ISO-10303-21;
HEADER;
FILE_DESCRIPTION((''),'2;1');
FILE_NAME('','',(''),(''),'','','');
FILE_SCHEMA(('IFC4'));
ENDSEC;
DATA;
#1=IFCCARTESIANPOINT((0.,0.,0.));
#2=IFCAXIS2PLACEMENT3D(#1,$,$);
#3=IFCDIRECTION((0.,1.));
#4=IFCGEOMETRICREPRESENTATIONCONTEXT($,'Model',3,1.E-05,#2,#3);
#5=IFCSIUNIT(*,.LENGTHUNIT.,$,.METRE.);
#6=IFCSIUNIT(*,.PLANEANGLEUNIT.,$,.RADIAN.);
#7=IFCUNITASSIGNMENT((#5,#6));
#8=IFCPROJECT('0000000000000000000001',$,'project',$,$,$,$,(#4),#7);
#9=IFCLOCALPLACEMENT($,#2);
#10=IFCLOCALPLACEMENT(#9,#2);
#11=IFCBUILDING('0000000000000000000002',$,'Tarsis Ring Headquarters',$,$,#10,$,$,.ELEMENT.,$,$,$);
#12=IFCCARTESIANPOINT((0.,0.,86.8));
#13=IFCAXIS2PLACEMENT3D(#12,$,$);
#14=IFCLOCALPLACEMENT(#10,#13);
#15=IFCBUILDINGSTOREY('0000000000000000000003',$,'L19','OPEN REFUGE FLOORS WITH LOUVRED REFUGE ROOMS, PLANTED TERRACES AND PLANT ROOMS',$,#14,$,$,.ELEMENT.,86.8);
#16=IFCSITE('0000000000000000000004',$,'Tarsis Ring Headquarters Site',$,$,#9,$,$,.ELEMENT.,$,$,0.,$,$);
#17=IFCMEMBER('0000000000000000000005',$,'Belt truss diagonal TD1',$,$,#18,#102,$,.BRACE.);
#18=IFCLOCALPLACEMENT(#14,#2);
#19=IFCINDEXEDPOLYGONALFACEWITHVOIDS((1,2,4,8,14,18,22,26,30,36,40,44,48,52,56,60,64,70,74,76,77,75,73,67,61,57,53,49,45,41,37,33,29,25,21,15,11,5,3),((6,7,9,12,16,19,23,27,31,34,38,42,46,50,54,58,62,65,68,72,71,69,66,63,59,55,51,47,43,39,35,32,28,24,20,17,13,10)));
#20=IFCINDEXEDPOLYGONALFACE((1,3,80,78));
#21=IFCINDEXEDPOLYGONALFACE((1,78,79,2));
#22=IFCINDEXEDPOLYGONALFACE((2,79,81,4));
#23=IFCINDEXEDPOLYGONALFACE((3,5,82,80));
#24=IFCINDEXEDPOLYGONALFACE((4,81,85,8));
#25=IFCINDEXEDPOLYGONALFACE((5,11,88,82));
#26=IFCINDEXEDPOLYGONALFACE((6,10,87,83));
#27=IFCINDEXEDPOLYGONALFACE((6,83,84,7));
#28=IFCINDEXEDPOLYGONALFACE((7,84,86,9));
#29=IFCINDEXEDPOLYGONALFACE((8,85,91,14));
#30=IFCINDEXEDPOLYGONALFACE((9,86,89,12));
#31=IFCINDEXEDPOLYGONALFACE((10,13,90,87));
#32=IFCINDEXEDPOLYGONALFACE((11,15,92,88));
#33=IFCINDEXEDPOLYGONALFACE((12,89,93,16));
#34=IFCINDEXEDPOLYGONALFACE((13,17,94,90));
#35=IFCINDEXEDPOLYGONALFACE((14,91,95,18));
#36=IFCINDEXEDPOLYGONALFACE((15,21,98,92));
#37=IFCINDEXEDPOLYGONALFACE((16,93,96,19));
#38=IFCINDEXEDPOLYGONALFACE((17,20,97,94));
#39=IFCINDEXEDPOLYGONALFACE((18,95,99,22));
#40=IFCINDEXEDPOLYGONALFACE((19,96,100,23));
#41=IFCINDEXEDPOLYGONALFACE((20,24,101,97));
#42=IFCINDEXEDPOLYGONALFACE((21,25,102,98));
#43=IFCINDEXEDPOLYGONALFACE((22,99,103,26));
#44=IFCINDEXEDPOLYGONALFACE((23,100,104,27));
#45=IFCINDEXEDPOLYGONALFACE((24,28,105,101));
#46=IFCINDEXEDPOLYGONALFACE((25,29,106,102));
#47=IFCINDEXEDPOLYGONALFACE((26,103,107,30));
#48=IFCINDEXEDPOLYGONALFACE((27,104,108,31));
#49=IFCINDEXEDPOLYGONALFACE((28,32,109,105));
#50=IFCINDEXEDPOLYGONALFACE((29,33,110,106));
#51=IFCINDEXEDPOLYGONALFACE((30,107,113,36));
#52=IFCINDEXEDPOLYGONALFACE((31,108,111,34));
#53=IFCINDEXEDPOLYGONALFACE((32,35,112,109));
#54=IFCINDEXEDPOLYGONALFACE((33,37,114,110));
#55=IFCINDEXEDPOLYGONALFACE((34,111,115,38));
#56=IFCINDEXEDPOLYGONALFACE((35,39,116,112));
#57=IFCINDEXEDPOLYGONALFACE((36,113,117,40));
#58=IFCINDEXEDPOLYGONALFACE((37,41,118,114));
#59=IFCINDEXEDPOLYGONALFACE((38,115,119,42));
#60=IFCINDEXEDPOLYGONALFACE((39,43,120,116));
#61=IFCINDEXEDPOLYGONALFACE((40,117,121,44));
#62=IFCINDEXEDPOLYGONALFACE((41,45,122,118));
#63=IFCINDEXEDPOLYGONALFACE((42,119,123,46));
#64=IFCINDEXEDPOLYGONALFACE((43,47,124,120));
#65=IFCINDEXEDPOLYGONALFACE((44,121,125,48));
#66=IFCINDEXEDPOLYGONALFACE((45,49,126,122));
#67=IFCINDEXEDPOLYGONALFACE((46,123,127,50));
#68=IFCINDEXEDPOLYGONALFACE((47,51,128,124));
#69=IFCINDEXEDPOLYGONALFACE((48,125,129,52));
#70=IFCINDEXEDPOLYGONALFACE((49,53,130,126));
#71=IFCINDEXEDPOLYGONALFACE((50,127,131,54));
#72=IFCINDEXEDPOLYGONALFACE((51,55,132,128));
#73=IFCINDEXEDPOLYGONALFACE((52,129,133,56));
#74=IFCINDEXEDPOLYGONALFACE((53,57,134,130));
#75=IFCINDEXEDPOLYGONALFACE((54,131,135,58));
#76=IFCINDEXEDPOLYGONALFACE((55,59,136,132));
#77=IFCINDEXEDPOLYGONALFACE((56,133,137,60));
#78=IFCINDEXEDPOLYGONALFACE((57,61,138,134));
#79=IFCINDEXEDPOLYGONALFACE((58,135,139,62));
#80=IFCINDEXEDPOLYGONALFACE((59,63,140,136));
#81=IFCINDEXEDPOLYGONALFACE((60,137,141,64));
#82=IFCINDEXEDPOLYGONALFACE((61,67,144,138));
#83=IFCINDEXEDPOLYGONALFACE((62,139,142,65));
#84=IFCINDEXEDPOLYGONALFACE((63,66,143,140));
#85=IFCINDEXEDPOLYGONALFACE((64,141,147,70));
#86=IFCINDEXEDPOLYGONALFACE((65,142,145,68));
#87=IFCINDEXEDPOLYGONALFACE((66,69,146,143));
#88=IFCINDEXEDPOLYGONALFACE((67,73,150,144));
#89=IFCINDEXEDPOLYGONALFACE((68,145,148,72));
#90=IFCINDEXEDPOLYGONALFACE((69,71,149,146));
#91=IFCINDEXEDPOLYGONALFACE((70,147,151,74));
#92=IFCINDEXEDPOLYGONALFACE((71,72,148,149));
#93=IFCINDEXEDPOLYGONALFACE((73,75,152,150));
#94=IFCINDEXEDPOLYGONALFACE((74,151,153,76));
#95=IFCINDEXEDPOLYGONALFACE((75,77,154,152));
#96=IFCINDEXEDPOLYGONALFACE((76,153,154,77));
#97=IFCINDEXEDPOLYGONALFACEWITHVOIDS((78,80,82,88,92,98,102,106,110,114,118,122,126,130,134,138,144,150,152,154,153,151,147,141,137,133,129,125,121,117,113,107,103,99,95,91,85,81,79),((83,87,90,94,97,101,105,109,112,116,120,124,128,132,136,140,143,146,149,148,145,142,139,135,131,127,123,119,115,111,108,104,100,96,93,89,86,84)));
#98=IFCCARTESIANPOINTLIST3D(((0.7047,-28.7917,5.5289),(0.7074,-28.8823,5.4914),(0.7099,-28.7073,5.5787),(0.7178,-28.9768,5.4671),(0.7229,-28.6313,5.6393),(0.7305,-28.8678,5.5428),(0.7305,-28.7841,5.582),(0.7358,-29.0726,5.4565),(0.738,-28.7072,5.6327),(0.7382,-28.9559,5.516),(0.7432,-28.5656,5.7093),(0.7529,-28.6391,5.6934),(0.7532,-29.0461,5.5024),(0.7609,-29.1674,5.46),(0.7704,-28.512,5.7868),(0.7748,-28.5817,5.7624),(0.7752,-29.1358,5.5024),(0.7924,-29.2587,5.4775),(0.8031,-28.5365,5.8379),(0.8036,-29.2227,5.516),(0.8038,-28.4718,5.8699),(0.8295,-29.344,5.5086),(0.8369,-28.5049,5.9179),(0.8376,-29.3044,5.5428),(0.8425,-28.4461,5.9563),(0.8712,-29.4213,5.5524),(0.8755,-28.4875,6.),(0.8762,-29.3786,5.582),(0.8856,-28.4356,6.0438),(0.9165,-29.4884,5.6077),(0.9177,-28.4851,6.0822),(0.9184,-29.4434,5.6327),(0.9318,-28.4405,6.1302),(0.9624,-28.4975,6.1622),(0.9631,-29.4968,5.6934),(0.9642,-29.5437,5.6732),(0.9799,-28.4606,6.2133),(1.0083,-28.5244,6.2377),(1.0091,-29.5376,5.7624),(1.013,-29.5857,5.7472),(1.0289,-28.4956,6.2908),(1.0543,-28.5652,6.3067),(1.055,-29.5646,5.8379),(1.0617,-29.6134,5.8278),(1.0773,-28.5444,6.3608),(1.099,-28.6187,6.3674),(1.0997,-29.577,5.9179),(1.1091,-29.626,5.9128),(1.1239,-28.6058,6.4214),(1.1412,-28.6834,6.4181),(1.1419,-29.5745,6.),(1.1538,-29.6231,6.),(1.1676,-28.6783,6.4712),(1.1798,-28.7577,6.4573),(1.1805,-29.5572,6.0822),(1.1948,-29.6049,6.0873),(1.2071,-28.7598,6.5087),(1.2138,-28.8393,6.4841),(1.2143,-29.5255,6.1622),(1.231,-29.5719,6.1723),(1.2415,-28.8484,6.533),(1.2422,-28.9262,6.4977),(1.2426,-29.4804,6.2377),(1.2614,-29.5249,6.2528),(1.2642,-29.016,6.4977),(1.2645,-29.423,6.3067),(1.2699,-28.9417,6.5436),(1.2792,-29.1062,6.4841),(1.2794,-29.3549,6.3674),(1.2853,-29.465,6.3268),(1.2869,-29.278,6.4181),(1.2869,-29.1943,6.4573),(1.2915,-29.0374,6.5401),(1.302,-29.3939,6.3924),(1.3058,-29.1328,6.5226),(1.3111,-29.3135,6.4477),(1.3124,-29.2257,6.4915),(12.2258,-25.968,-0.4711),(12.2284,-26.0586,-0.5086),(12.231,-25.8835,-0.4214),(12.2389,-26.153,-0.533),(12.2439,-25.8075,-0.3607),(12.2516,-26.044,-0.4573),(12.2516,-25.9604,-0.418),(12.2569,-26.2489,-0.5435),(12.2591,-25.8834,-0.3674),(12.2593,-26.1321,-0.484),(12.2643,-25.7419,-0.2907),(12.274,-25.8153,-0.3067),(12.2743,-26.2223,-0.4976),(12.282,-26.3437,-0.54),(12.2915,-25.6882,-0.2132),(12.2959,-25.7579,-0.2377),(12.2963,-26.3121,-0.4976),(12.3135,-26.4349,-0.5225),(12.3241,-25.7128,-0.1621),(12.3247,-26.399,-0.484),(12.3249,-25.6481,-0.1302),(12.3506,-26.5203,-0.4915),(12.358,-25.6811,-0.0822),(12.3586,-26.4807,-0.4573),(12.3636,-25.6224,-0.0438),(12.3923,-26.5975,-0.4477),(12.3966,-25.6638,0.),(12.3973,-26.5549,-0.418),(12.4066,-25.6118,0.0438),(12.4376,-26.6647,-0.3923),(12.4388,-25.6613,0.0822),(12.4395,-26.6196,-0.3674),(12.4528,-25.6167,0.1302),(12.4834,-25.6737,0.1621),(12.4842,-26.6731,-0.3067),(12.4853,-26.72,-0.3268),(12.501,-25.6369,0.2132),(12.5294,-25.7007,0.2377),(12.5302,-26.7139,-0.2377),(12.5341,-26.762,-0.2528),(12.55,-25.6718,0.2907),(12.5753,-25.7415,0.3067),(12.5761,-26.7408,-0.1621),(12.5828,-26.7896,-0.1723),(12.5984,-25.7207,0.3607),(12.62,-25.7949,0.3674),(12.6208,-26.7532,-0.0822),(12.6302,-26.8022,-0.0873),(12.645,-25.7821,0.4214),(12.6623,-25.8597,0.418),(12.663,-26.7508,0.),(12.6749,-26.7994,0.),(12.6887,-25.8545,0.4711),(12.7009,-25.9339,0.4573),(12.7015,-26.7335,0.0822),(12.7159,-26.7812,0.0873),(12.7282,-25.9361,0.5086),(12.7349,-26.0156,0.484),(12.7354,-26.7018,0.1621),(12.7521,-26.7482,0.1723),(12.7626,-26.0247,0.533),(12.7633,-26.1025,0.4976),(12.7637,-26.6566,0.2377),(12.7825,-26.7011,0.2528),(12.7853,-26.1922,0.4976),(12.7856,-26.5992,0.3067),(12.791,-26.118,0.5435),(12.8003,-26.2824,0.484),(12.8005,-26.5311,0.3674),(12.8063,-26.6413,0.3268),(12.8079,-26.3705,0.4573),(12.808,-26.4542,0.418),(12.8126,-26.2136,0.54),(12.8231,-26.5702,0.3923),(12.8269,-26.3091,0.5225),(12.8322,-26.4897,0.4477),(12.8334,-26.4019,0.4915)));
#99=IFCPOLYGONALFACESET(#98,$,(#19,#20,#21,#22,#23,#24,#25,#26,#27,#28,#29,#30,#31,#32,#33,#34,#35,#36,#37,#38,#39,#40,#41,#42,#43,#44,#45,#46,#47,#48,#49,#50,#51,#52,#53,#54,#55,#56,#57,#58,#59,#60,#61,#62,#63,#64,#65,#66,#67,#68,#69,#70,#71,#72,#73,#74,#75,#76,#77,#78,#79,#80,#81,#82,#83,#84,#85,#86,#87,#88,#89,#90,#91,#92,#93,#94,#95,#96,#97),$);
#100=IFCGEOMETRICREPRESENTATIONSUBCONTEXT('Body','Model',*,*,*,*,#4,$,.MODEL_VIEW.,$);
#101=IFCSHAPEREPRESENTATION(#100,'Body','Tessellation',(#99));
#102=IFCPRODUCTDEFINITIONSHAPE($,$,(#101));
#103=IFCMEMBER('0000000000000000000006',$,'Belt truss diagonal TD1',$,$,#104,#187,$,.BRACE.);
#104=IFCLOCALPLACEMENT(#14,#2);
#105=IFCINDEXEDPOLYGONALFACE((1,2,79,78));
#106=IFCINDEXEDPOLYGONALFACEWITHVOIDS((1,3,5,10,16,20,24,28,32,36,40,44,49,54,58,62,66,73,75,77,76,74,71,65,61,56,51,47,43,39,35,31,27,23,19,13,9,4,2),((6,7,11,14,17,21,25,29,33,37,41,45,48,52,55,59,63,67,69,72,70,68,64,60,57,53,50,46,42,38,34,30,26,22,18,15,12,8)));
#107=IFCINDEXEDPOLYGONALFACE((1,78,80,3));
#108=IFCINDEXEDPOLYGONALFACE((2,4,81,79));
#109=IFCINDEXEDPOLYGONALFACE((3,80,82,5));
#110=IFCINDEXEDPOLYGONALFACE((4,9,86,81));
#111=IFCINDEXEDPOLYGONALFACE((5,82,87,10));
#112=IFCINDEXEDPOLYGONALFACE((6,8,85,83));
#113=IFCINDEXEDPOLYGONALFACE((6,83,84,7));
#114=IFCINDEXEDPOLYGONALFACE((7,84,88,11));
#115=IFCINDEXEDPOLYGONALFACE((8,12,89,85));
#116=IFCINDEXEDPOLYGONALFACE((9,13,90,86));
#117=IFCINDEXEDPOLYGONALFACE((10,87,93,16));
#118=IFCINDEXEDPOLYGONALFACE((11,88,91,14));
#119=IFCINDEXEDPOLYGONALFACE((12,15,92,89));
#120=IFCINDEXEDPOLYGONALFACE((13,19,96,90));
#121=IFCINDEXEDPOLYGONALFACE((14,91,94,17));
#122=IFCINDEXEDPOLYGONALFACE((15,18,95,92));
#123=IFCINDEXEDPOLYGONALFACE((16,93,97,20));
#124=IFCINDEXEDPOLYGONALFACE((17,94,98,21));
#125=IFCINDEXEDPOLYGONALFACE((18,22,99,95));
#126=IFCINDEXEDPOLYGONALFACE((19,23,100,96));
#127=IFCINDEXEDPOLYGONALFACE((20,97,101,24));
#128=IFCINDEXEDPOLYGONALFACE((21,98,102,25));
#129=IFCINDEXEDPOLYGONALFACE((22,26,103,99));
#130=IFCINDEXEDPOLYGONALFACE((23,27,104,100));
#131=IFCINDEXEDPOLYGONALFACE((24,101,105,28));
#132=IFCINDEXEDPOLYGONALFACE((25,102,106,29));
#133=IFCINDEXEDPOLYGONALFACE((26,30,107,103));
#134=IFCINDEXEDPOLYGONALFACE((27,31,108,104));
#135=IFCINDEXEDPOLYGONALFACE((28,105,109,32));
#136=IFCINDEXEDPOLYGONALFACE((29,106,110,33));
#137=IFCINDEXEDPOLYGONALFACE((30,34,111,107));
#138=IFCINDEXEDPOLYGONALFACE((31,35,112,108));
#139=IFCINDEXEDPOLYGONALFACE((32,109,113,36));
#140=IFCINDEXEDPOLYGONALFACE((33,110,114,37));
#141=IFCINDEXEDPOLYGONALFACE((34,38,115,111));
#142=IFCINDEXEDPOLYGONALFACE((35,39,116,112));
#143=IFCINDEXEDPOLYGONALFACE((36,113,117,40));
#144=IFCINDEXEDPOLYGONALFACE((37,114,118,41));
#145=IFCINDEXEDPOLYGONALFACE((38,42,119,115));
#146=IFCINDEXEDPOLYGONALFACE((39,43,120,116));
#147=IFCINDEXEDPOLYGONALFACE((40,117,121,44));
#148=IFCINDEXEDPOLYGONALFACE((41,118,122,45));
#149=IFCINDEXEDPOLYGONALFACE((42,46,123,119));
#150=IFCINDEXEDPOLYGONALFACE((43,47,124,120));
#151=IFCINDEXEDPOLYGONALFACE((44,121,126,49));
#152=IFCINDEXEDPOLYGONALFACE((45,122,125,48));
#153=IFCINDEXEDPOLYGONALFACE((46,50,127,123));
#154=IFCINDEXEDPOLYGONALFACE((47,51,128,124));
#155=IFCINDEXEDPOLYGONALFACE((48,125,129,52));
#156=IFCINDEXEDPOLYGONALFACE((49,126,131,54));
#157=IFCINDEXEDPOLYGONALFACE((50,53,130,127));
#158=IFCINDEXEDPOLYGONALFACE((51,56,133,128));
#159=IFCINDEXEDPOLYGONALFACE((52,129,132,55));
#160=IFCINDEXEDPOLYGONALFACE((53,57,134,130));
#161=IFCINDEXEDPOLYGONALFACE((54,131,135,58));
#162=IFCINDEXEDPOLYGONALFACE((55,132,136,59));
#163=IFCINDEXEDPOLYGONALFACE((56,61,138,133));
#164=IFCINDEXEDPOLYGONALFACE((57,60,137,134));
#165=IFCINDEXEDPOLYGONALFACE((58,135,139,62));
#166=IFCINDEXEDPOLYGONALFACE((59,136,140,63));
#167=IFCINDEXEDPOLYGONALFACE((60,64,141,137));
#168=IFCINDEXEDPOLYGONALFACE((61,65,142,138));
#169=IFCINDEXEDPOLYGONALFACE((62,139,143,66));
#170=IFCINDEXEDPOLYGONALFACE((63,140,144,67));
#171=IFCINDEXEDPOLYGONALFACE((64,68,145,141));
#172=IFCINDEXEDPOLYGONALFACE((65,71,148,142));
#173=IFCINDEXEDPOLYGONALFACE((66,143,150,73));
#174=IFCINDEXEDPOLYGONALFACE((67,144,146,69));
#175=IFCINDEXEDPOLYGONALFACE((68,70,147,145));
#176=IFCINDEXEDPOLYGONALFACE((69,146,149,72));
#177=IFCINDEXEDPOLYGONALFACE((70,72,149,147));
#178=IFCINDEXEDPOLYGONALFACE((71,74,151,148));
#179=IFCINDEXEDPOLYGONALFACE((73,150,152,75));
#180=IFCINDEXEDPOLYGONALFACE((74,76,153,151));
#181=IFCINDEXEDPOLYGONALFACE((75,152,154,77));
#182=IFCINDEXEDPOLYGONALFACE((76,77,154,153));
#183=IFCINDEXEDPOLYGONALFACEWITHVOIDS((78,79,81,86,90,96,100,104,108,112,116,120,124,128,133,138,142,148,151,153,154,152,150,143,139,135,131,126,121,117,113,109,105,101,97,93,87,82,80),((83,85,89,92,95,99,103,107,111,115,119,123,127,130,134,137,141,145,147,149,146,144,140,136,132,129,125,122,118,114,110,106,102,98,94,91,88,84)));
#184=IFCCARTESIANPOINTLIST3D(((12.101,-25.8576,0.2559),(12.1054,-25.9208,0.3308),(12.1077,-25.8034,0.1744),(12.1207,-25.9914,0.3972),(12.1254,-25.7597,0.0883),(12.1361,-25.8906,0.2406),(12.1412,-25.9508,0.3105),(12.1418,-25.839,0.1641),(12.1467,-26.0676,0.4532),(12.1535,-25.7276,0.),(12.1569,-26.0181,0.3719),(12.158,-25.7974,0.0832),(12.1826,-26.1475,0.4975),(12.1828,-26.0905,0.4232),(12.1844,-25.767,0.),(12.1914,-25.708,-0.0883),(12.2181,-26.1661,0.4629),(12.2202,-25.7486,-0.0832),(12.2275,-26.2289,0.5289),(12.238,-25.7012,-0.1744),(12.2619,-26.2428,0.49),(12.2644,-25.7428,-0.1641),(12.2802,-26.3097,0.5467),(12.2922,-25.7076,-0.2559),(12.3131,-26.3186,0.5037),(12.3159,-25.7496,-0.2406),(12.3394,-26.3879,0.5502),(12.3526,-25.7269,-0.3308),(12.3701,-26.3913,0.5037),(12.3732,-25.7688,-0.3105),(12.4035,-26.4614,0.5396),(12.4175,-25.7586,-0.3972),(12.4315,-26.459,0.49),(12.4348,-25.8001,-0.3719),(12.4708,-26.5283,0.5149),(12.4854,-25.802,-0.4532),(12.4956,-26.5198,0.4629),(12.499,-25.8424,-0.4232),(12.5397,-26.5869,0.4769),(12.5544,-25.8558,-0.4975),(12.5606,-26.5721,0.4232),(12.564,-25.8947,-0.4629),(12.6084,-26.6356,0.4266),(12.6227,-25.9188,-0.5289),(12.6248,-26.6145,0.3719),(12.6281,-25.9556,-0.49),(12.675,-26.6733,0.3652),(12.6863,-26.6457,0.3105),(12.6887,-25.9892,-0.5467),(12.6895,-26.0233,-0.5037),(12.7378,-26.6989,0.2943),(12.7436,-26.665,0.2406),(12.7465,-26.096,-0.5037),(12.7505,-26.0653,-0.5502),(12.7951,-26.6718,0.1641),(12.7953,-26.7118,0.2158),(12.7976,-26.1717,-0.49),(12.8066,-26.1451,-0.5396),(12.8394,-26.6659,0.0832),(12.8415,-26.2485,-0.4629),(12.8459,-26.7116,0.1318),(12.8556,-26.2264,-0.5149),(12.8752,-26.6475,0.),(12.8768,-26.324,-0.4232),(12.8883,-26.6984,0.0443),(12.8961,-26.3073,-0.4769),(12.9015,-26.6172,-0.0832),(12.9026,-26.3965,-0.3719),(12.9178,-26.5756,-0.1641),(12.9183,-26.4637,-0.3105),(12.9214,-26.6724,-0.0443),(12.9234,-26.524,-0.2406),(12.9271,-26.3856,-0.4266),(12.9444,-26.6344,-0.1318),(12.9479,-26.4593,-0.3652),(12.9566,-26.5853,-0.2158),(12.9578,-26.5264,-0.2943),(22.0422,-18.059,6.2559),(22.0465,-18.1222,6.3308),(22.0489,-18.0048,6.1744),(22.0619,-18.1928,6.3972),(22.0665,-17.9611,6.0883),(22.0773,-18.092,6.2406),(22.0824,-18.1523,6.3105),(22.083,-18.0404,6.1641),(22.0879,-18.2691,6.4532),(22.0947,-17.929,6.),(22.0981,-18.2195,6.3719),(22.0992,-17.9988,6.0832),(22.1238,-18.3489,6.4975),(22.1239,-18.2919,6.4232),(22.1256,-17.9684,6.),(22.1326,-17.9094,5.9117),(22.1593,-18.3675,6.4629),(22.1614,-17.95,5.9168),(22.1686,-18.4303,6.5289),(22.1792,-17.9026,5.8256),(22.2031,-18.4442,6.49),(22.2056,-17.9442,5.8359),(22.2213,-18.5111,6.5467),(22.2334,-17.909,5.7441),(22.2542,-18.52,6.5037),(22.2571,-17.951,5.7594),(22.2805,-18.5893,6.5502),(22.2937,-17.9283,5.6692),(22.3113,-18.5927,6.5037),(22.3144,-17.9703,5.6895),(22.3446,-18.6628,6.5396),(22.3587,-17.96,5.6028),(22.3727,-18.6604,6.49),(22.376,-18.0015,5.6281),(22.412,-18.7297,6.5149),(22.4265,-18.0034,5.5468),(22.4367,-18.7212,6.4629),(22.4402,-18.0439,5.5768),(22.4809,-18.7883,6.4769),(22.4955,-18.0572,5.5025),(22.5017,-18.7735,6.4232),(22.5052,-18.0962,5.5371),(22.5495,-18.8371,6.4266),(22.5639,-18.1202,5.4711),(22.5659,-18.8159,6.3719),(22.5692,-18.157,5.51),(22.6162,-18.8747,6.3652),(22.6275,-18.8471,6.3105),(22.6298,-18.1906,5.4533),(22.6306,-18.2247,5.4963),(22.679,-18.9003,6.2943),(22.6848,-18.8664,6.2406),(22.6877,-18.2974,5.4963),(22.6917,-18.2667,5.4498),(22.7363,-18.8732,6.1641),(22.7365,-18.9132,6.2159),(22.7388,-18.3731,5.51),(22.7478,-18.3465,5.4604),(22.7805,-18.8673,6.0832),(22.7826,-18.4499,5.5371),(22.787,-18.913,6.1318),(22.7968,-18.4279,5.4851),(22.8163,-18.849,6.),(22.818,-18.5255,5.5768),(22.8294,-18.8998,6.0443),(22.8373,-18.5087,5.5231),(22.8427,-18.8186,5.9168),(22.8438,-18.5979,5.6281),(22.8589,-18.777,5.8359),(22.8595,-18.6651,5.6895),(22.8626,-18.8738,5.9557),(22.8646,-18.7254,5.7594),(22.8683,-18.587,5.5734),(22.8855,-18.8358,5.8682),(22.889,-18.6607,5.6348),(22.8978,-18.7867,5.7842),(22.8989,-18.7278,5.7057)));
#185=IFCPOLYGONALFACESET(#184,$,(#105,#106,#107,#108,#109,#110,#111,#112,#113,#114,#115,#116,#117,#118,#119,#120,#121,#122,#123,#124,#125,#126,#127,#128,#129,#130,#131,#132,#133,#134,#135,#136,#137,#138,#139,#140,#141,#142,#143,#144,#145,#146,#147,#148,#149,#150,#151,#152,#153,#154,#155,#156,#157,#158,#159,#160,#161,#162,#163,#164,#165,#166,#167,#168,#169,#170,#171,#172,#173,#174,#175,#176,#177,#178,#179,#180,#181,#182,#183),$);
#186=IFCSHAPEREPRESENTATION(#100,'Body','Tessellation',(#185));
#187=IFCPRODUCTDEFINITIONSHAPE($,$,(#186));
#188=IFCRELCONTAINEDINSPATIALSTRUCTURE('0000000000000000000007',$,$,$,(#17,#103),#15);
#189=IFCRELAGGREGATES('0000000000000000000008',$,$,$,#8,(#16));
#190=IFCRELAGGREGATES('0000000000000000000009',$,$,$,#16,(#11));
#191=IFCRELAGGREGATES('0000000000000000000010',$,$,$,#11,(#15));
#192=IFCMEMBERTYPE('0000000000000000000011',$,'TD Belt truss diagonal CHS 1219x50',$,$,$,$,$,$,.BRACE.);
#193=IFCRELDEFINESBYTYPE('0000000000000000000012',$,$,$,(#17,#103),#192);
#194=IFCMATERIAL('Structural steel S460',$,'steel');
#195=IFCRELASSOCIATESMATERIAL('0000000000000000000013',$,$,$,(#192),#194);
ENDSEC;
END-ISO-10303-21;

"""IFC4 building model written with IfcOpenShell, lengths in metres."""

from ifc_helpers import new_model, si_unit, direction, frame, origin, origin_2d, place, context, subcontext, project, spatial, hollow_circle, extrude, material, material_profile, profile_set, type_object, element, save


model = new_model("IFC4")

# Units and contexts
model_context = context("Model", 3, precision=1e-05, world=origin(), true_north=direction((0.0, 1.0)))
body_context = subcontext(model_context, "Body", "Model", "MODEL_VIEW")
ifc_project = project(units=[si_unit("LENGTHUNIT", "METRE"), si_unit("PLANEANGLEUNIT", "RADIAN")], contexts=[model_context])

# Site, building, storey
site_placement = place(None, origin())
site = spatial("IfcSite", under=ifc_project, at=site_placement, Name="Tarsis Ring Headquarters Site", CompositionType="ELEMENT", RefElevation=0.0)
building_placement = place(site_placement, origin())
building = spatial("IfcBuilding", under=site, at=building_placement, Name="Tarsis Ring Headquarters", CompositionType="ELEMENT")
storey_placement = place(building_placement, frame((0.0, 0.0, 86.8)))
storey = spatial("IfcBuildingStorey", under=building, at=storey_placement, Name="L19", Description="OPEN REFUGE FLOORS WITH LOUVRED REFUGE ROOMS, PLANTED TERRACES AND PLANT ROOMS", CompositionType="ELEMENT", Elevation=86.8)

# Shared definitions
ifc_material_1 = material(Name="Structural steel S460", Category="steel")
ifc_material_profile_1 = material_profile(ifc_material_1, hollow_circle(Radius=0.6096, WallThickness=0.05, at=origin_2d()), Name="CHS 1219x50")
ifc_profile_set_1 = profile_set([ifc_material_profile_1], Name="Structural steel S460")

# Members
member_type = type_object("IfcMemberType", Name="TD Belt truss diagonal CHS 1219x50", PredefinedType="BRACE", material=ifc_profile_set_1)
member_1_placement = place(storey_placement, frame((12.5298, -26.2073, 0.0), z_axis=(-0.866689, -0.212421, 0.451362), x_axis=(0.238049, -0.971253, 0.0)))
element("IfcMember", 1, at=member_1_placement, inside=storey, type_object=member_type, Name="Belt truss diagonal TD1", PredefinedType="BRACE", context=body_context, shape_type="SweptSolid", body=[
    extrude(hollow_circle(Radius=0.6096, WallThickness=0.05, at=origin_2d()), origin(), (0.0, 0.0, 1.0), 13.2932),
])
member_2_placement = place(storey_placement, frame((12.5298, -26.2073, 0.0), z_axis=(0.710728, 0.557547, 0.42896), x_axis=(-0.617218, 0.786792, 0.0)))
element("IfcMember", 2, at=member_2_placement, inside=storey, type_object=member_type, Name="Belt truss diagonal TD1", PredefinedType="BRACE", context=body_context, shape_type="SweptSolid", body=[
    extrude(hollow_circle(Radius=0.6096, WallThickness=0.05, at=origin_2d()), origin(), (0.0, 0.0, 1.0), 13.9873),
])

save(model, "model.ifc")
